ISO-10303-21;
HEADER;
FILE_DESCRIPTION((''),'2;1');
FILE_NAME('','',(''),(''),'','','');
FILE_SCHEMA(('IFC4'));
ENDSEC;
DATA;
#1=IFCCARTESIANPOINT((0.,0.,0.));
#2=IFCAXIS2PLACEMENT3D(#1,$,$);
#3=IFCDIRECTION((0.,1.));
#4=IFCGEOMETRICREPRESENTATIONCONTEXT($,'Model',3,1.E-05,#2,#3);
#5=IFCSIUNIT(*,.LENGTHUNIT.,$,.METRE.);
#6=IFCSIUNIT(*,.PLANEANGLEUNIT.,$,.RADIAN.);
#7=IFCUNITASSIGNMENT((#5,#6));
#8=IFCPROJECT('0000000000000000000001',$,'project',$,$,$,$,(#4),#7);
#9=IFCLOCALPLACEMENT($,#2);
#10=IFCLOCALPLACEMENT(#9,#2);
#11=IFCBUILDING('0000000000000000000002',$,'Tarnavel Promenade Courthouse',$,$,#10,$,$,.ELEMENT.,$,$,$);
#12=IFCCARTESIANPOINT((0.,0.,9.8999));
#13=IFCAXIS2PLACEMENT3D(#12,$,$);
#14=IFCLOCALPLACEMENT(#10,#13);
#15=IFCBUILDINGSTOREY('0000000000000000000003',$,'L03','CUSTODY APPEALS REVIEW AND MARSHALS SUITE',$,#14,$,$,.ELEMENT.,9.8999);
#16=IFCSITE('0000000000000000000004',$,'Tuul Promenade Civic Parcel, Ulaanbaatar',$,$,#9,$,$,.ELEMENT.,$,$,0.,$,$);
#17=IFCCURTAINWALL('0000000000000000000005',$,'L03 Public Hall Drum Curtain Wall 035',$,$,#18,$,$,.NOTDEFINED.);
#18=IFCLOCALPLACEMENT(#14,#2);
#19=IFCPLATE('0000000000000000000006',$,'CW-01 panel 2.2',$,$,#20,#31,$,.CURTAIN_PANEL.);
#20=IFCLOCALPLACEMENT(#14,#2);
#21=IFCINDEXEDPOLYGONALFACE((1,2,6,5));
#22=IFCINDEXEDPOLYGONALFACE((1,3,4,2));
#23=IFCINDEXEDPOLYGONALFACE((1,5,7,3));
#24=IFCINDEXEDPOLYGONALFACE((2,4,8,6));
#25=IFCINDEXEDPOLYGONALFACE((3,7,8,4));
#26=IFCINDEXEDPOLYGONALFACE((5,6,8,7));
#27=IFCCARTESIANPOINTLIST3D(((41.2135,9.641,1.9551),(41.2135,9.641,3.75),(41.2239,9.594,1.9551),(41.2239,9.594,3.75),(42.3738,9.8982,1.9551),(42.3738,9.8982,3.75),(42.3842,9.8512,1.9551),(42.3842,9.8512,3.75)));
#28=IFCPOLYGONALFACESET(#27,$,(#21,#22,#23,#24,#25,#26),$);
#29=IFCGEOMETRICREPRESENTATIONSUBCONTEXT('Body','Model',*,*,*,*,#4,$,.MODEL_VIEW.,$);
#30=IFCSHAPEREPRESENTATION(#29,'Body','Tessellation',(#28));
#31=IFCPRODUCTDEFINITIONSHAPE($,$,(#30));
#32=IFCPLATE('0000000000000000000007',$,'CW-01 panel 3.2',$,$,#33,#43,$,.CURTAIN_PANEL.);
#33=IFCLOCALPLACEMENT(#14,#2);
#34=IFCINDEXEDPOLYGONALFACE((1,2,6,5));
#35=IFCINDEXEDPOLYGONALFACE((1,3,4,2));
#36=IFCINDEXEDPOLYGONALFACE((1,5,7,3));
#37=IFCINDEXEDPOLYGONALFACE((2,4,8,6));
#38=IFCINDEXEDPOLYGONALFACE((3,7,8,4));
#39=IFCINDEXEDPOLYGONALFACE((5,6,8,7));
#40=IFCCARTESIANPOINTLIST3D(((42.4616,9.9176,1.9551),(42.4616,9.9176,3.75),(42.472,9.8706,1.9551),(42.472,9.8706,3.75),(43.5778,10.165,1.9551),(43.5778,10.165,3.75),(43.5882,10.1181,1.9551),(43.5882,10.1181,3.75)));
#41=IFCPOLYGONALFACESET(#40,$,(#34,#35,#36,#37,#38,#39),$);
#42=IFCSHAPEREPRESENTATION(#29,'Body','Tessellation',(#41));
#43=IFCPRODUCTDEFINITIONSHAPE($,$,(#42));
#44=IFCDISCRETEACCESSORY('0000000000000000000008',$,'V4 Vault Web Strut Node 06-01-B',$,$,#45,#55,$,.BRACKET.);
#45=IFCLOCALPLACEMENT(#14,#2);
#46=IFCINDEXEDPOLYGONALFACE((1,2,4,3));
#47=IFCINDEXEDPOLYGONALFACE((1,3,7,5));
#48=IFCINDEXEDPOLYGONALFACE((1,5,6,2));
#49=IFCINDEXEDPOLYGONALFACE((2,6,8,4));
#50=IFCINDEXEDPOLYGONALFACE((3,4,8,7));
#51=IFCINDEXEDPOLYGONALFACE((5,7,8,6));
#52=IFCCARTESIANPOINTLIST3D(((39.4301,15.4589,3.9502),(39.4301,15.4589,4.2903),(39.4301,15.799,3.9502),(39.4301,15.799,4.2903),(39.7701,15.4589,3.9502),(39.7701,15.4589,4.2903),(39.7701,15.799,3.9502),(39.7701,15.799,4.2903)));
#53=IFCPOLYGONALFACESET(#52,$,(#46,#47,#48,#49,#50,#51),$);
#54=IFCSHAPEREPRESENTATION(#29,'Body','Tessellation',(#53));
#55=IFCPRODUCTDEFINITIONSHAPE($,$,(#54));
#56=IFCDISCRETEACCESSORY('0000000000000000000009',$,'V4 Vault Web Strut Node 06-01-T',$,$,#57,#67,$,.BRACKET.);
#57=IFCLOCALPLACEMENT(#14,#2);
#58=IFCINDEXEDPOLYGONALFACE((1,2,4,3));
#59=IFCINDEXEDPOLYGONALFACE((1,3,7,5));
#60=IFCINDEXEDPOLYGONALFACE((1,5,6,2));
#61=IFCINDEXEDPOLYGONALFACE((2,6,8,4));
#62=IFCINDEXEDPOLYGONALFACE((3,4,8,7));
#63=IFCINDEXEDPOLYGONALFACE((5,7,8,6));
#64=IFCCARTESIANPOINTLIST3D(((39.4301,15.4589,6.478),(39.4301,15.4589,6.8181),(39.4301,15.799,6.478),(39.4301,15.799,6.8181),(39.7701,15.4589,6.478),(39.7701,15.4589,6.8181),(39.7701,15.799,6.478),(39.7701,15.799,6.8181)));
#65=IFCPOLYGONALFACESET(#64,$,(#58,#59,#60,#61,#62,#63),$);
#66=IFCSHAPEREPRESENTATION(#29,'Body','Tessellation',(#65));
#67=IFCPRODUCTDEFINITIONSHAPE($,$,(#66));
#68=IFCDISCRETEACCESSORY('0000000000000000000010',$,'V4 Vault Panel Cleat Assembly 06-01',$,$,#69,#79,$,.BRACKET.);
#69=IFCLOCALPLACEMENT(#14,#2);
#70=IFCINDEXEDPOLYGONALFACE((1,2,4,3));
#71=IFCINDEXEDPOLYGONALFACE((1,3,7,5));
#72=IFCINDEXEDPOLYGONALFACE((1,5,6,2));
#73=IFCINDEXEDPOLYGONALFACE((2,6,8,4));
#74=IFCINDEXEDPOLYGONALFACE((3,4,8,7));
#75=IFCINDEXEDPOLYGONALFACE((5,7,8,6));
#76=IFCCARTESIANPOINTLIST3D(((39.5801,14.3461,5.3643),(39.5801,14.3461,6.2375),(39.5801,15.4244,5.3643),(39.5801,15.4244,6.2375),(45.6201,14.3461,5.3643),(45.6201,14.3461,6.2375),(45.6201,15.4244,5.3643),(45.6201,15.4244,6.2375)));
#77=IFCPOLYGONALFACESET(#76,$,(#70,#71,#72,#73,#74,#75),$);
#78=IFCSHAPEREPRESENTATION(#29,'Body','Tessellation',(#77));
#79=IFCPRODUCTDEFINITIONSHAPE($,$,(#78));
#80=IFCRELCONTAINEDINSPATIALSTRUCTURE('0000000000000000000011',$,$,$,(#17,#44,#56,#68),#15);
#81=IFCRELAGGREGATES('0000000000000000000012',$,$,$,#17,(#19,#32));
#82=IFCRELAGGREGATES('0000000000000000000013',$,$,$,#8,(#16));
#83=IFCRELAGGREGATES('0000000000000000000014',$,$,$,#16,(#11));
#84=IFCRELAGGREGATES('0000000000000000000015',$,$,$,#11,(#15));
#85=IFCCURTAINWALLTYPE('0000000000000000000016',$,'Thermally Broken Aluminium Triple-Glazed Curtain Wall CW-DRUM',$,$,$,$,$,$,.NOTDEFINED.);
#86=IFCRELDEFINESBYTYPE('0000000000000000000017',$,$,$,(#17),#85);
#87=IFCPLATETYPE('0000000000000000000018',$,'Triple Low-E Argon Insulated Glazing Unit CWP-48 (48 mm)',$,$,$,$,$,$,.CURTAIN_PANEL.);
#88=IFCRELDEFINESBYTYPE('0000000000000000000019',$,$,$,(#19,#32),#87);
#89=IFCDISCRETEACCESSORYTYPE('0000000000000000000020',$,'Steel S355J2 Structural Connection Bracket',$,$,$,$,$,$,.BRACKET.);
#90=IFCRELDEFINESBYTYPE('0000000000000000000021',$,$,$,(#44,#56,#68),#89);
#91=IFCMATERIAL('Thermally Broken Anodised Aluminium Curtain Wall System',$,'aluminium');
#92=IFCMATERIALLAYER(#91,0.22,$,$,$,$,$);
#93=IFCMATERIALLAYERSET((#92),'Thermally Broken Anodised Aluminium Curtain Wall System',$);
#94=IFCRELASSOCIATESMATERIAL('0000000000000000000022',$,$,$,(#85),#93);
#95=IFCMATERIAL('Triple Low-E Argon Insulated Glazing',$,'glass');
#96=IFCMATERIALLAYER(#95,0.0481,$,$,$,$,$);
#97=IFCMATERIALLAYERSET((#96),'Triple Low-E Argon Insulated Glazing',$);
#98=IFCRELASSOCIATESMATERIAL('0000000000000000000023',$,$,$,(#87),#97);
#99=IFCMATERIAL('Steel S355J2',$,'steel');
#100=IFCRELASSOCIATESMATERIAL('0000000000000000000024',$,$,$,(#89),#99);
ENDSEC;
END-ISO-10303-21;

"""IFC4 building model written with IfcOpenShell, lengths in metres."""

from ifc_helpers import new_model, si_unit, direction, frame, origin, origin_2d, place, context, subcontext, project, spatial, rectangle, extrude, material, layer, layer_set, type_object, element, aggregate, save


model = new_model("IFC4")

# Units and contexts
model_context = context("Model", 3, precision=1e-05, world=origin(), true_north=direction((0.0, 1.0)))
body_context = subcontext(model_context, "Body", "Model", "MODEL_VIEW")
ifc_project = project(units=[si_unit("LENGTHUNIT", "METRE"), si_unit("PLANEANGLEUNIT", "RADIAN")], contexts=[model_context])

# Site, building, storey
site_placement = place(None, origin())
site = spatial("IfcSite", under=ifc_project, at=site_placement, Name="Tuul Promenade Civic Parcel, Ulaanbaatar", CompositionType="ELEMENT", RefElevation=0.0)
building_placement = place(site_placement, origin())
building = spatial("IfcBuilding", under=site, at=building_placement, Name="Tarnavel Promenade Courthouse", CompositionType="ELEMENT")
storey_placement = place(building_placement, frame((0.0, 0.0, 9.8999)))
storey = spatial("IfcBuildingStorey", under=building, at=storey_placement, Name="L03", Description="CUSTODY APPEALS REVIEW AND MARSHALS SUITE", CompositionType="ELEMENT", Elevation=9.8999)

# Shared definitions
ifc_material_1 = material(Name="Steel S355J2", Category="steel")

# Shared definitions
ifc_material_2 = material(Name="Thermally Broken Anodised Aluminium Curtain Wall System", Category="aluminium")
ifc_layer_1 = layer(ifc_material_2, 0.22)
ifc_layer_set_1 = layer_set([ifc_layer_1], Name="Thermally Broken Anodised Aluminium Curtain Wall System")
curtain_wall_type = type_object("IfcCurtainWallType", Name="Thermally Broken Aluminium Triple-Glazed Curtain Wall CW-DRUM", PredefinedType="NOTDEFINED", material=ifc_layer_set_1)

# Curtain wall
curtain_wall_1_placement = place(storey_placement, origin())
curtain_wall_1 = element("IfcCurtainWall", 1, at=curtain_wall_1_placement, inside=storey, type_object=curtain_wall_type, Name="L03 Public Hall Drum Curtain Wall 035", PredefinedType="NOTDEFINED")

# Plates
ifc_material_3 = material(Name="Triple Low-E Argon Insulated Glazing", Category="glass")
ifc_layer_2 = layer(ifc_material_3, 0.0481)
ifc_layer_set_2 = layer_set([ifc_layer_2], Name="Triple Low-E Argon Insulated Glazing")
plate_type_1 = type_object("IfcPlateType", Name="Triple Low-E Argon Insulated Glazing Unit CWP-48 (48 mm)", PredefinedType="CURTAIN_PANEL", material=ifc_layer_set_2)
plate_1_placement = place(storey_placement, frame((41.7988, 9.7461, 1.9551), z_axis=(0.0, 0.0, 1.0), x_axis=(0.976296, 0.216439, 0.0)))
plate_1 = element("IfcPlate", 2, at=plate_1_placement, type_object=plate_type_1, Name="CW-01 panel 2.2", PredefinedType="CURTAIN_PANEL", context=body_context, shape_type="SweptSolid", body=[
    extrude(rectangle(XDim=1.1885, YDim=0.0481, at=origin_2d()), origin(), (0.0, 0.0, 1.0), 1.7949),
])
plate_2_placement = place(storey_placement, frame((43.0249, 10.0178, 1.9551), z_axis=(0.0, 0.0, 1.0), x_axis=(0.976296, 0.216439, 0.0)))
plate_2 = element("IfcPlate", 3, at=plate_2_placement, type_object=plate_type_1, Name="CW-01 panel 3.2", PredefinedType="CURTAIN_PANEL", context=body_context, shape_type="SweptSolid", body=[
    extrude(rectangle(XDim=1.1433, YDim=0.0481, at=origin_2d()), origin(), (0.0, 0.0, 1.0), 1.7949),
])
aggregate(curtain_wall_1, [plate_1, plate_2])

# Discrete accessories
discrete_accessory_type = type_object("IfcDiscreteAccessoryType", Name="Steel S355J2 Structural Connection Bracket", PredefinedType="BRACKET", material=ifc_material_1)
for number, where, z_axis, x_axis, name in (
    (4, (39.6001, 15.6289, 3.9502), (0.0, 0.0, 1.0), (1.0, 0.0, 0.0), "V4 Vault Web Strut Node 06-01-B"),
    (5, (39.6001, 15.6289, 6.478), (0.0, 0.0, 1.0), (1.0, 0.0, 0.0), "V4 Vault Web Strut Node 06-01-T"),
):
    element("IfcDiscreteAccessory", number, at=place(storey_placement, frame(where, z_axis=z_axis, x_axis=x_axis)), inside=storey, type_object=discrete_accessory_type, Name=name, PredefinedType="BRACKET", context=body_context, shape_type="SweptSolid", body=[
        extrude(rectangle(XDim=0.3401, YDim=0.3401, at=origin_2d()), origin(), (0.0, 0.0, 1.0), 0.3401),
    ])
discrete_accessory_placement = place(storey_placement, frame((42.6001, 14.8853, 5.3643), z_axis=(0.0, 0.0, 1.0), x_axis=(1.0, 0.0, 0.0)))
element("IfcDiscreteAccessory", 6, at=discrete_accessory_placement, inside=storey, type_object=discrete_accessory_type, Name="V4 Vault Panel Cleat Assembly 06-01", PredefinedType="BRACKET", context=body_context, shape_type="SweptSolid", body=[
    extrude(rectangle(XDim=6.04, YDim=1.0784, at=origin_2d()), origin(), (0.0, 0.0, 1.0), 0.8733),
])

save(model, "model.ifc")
